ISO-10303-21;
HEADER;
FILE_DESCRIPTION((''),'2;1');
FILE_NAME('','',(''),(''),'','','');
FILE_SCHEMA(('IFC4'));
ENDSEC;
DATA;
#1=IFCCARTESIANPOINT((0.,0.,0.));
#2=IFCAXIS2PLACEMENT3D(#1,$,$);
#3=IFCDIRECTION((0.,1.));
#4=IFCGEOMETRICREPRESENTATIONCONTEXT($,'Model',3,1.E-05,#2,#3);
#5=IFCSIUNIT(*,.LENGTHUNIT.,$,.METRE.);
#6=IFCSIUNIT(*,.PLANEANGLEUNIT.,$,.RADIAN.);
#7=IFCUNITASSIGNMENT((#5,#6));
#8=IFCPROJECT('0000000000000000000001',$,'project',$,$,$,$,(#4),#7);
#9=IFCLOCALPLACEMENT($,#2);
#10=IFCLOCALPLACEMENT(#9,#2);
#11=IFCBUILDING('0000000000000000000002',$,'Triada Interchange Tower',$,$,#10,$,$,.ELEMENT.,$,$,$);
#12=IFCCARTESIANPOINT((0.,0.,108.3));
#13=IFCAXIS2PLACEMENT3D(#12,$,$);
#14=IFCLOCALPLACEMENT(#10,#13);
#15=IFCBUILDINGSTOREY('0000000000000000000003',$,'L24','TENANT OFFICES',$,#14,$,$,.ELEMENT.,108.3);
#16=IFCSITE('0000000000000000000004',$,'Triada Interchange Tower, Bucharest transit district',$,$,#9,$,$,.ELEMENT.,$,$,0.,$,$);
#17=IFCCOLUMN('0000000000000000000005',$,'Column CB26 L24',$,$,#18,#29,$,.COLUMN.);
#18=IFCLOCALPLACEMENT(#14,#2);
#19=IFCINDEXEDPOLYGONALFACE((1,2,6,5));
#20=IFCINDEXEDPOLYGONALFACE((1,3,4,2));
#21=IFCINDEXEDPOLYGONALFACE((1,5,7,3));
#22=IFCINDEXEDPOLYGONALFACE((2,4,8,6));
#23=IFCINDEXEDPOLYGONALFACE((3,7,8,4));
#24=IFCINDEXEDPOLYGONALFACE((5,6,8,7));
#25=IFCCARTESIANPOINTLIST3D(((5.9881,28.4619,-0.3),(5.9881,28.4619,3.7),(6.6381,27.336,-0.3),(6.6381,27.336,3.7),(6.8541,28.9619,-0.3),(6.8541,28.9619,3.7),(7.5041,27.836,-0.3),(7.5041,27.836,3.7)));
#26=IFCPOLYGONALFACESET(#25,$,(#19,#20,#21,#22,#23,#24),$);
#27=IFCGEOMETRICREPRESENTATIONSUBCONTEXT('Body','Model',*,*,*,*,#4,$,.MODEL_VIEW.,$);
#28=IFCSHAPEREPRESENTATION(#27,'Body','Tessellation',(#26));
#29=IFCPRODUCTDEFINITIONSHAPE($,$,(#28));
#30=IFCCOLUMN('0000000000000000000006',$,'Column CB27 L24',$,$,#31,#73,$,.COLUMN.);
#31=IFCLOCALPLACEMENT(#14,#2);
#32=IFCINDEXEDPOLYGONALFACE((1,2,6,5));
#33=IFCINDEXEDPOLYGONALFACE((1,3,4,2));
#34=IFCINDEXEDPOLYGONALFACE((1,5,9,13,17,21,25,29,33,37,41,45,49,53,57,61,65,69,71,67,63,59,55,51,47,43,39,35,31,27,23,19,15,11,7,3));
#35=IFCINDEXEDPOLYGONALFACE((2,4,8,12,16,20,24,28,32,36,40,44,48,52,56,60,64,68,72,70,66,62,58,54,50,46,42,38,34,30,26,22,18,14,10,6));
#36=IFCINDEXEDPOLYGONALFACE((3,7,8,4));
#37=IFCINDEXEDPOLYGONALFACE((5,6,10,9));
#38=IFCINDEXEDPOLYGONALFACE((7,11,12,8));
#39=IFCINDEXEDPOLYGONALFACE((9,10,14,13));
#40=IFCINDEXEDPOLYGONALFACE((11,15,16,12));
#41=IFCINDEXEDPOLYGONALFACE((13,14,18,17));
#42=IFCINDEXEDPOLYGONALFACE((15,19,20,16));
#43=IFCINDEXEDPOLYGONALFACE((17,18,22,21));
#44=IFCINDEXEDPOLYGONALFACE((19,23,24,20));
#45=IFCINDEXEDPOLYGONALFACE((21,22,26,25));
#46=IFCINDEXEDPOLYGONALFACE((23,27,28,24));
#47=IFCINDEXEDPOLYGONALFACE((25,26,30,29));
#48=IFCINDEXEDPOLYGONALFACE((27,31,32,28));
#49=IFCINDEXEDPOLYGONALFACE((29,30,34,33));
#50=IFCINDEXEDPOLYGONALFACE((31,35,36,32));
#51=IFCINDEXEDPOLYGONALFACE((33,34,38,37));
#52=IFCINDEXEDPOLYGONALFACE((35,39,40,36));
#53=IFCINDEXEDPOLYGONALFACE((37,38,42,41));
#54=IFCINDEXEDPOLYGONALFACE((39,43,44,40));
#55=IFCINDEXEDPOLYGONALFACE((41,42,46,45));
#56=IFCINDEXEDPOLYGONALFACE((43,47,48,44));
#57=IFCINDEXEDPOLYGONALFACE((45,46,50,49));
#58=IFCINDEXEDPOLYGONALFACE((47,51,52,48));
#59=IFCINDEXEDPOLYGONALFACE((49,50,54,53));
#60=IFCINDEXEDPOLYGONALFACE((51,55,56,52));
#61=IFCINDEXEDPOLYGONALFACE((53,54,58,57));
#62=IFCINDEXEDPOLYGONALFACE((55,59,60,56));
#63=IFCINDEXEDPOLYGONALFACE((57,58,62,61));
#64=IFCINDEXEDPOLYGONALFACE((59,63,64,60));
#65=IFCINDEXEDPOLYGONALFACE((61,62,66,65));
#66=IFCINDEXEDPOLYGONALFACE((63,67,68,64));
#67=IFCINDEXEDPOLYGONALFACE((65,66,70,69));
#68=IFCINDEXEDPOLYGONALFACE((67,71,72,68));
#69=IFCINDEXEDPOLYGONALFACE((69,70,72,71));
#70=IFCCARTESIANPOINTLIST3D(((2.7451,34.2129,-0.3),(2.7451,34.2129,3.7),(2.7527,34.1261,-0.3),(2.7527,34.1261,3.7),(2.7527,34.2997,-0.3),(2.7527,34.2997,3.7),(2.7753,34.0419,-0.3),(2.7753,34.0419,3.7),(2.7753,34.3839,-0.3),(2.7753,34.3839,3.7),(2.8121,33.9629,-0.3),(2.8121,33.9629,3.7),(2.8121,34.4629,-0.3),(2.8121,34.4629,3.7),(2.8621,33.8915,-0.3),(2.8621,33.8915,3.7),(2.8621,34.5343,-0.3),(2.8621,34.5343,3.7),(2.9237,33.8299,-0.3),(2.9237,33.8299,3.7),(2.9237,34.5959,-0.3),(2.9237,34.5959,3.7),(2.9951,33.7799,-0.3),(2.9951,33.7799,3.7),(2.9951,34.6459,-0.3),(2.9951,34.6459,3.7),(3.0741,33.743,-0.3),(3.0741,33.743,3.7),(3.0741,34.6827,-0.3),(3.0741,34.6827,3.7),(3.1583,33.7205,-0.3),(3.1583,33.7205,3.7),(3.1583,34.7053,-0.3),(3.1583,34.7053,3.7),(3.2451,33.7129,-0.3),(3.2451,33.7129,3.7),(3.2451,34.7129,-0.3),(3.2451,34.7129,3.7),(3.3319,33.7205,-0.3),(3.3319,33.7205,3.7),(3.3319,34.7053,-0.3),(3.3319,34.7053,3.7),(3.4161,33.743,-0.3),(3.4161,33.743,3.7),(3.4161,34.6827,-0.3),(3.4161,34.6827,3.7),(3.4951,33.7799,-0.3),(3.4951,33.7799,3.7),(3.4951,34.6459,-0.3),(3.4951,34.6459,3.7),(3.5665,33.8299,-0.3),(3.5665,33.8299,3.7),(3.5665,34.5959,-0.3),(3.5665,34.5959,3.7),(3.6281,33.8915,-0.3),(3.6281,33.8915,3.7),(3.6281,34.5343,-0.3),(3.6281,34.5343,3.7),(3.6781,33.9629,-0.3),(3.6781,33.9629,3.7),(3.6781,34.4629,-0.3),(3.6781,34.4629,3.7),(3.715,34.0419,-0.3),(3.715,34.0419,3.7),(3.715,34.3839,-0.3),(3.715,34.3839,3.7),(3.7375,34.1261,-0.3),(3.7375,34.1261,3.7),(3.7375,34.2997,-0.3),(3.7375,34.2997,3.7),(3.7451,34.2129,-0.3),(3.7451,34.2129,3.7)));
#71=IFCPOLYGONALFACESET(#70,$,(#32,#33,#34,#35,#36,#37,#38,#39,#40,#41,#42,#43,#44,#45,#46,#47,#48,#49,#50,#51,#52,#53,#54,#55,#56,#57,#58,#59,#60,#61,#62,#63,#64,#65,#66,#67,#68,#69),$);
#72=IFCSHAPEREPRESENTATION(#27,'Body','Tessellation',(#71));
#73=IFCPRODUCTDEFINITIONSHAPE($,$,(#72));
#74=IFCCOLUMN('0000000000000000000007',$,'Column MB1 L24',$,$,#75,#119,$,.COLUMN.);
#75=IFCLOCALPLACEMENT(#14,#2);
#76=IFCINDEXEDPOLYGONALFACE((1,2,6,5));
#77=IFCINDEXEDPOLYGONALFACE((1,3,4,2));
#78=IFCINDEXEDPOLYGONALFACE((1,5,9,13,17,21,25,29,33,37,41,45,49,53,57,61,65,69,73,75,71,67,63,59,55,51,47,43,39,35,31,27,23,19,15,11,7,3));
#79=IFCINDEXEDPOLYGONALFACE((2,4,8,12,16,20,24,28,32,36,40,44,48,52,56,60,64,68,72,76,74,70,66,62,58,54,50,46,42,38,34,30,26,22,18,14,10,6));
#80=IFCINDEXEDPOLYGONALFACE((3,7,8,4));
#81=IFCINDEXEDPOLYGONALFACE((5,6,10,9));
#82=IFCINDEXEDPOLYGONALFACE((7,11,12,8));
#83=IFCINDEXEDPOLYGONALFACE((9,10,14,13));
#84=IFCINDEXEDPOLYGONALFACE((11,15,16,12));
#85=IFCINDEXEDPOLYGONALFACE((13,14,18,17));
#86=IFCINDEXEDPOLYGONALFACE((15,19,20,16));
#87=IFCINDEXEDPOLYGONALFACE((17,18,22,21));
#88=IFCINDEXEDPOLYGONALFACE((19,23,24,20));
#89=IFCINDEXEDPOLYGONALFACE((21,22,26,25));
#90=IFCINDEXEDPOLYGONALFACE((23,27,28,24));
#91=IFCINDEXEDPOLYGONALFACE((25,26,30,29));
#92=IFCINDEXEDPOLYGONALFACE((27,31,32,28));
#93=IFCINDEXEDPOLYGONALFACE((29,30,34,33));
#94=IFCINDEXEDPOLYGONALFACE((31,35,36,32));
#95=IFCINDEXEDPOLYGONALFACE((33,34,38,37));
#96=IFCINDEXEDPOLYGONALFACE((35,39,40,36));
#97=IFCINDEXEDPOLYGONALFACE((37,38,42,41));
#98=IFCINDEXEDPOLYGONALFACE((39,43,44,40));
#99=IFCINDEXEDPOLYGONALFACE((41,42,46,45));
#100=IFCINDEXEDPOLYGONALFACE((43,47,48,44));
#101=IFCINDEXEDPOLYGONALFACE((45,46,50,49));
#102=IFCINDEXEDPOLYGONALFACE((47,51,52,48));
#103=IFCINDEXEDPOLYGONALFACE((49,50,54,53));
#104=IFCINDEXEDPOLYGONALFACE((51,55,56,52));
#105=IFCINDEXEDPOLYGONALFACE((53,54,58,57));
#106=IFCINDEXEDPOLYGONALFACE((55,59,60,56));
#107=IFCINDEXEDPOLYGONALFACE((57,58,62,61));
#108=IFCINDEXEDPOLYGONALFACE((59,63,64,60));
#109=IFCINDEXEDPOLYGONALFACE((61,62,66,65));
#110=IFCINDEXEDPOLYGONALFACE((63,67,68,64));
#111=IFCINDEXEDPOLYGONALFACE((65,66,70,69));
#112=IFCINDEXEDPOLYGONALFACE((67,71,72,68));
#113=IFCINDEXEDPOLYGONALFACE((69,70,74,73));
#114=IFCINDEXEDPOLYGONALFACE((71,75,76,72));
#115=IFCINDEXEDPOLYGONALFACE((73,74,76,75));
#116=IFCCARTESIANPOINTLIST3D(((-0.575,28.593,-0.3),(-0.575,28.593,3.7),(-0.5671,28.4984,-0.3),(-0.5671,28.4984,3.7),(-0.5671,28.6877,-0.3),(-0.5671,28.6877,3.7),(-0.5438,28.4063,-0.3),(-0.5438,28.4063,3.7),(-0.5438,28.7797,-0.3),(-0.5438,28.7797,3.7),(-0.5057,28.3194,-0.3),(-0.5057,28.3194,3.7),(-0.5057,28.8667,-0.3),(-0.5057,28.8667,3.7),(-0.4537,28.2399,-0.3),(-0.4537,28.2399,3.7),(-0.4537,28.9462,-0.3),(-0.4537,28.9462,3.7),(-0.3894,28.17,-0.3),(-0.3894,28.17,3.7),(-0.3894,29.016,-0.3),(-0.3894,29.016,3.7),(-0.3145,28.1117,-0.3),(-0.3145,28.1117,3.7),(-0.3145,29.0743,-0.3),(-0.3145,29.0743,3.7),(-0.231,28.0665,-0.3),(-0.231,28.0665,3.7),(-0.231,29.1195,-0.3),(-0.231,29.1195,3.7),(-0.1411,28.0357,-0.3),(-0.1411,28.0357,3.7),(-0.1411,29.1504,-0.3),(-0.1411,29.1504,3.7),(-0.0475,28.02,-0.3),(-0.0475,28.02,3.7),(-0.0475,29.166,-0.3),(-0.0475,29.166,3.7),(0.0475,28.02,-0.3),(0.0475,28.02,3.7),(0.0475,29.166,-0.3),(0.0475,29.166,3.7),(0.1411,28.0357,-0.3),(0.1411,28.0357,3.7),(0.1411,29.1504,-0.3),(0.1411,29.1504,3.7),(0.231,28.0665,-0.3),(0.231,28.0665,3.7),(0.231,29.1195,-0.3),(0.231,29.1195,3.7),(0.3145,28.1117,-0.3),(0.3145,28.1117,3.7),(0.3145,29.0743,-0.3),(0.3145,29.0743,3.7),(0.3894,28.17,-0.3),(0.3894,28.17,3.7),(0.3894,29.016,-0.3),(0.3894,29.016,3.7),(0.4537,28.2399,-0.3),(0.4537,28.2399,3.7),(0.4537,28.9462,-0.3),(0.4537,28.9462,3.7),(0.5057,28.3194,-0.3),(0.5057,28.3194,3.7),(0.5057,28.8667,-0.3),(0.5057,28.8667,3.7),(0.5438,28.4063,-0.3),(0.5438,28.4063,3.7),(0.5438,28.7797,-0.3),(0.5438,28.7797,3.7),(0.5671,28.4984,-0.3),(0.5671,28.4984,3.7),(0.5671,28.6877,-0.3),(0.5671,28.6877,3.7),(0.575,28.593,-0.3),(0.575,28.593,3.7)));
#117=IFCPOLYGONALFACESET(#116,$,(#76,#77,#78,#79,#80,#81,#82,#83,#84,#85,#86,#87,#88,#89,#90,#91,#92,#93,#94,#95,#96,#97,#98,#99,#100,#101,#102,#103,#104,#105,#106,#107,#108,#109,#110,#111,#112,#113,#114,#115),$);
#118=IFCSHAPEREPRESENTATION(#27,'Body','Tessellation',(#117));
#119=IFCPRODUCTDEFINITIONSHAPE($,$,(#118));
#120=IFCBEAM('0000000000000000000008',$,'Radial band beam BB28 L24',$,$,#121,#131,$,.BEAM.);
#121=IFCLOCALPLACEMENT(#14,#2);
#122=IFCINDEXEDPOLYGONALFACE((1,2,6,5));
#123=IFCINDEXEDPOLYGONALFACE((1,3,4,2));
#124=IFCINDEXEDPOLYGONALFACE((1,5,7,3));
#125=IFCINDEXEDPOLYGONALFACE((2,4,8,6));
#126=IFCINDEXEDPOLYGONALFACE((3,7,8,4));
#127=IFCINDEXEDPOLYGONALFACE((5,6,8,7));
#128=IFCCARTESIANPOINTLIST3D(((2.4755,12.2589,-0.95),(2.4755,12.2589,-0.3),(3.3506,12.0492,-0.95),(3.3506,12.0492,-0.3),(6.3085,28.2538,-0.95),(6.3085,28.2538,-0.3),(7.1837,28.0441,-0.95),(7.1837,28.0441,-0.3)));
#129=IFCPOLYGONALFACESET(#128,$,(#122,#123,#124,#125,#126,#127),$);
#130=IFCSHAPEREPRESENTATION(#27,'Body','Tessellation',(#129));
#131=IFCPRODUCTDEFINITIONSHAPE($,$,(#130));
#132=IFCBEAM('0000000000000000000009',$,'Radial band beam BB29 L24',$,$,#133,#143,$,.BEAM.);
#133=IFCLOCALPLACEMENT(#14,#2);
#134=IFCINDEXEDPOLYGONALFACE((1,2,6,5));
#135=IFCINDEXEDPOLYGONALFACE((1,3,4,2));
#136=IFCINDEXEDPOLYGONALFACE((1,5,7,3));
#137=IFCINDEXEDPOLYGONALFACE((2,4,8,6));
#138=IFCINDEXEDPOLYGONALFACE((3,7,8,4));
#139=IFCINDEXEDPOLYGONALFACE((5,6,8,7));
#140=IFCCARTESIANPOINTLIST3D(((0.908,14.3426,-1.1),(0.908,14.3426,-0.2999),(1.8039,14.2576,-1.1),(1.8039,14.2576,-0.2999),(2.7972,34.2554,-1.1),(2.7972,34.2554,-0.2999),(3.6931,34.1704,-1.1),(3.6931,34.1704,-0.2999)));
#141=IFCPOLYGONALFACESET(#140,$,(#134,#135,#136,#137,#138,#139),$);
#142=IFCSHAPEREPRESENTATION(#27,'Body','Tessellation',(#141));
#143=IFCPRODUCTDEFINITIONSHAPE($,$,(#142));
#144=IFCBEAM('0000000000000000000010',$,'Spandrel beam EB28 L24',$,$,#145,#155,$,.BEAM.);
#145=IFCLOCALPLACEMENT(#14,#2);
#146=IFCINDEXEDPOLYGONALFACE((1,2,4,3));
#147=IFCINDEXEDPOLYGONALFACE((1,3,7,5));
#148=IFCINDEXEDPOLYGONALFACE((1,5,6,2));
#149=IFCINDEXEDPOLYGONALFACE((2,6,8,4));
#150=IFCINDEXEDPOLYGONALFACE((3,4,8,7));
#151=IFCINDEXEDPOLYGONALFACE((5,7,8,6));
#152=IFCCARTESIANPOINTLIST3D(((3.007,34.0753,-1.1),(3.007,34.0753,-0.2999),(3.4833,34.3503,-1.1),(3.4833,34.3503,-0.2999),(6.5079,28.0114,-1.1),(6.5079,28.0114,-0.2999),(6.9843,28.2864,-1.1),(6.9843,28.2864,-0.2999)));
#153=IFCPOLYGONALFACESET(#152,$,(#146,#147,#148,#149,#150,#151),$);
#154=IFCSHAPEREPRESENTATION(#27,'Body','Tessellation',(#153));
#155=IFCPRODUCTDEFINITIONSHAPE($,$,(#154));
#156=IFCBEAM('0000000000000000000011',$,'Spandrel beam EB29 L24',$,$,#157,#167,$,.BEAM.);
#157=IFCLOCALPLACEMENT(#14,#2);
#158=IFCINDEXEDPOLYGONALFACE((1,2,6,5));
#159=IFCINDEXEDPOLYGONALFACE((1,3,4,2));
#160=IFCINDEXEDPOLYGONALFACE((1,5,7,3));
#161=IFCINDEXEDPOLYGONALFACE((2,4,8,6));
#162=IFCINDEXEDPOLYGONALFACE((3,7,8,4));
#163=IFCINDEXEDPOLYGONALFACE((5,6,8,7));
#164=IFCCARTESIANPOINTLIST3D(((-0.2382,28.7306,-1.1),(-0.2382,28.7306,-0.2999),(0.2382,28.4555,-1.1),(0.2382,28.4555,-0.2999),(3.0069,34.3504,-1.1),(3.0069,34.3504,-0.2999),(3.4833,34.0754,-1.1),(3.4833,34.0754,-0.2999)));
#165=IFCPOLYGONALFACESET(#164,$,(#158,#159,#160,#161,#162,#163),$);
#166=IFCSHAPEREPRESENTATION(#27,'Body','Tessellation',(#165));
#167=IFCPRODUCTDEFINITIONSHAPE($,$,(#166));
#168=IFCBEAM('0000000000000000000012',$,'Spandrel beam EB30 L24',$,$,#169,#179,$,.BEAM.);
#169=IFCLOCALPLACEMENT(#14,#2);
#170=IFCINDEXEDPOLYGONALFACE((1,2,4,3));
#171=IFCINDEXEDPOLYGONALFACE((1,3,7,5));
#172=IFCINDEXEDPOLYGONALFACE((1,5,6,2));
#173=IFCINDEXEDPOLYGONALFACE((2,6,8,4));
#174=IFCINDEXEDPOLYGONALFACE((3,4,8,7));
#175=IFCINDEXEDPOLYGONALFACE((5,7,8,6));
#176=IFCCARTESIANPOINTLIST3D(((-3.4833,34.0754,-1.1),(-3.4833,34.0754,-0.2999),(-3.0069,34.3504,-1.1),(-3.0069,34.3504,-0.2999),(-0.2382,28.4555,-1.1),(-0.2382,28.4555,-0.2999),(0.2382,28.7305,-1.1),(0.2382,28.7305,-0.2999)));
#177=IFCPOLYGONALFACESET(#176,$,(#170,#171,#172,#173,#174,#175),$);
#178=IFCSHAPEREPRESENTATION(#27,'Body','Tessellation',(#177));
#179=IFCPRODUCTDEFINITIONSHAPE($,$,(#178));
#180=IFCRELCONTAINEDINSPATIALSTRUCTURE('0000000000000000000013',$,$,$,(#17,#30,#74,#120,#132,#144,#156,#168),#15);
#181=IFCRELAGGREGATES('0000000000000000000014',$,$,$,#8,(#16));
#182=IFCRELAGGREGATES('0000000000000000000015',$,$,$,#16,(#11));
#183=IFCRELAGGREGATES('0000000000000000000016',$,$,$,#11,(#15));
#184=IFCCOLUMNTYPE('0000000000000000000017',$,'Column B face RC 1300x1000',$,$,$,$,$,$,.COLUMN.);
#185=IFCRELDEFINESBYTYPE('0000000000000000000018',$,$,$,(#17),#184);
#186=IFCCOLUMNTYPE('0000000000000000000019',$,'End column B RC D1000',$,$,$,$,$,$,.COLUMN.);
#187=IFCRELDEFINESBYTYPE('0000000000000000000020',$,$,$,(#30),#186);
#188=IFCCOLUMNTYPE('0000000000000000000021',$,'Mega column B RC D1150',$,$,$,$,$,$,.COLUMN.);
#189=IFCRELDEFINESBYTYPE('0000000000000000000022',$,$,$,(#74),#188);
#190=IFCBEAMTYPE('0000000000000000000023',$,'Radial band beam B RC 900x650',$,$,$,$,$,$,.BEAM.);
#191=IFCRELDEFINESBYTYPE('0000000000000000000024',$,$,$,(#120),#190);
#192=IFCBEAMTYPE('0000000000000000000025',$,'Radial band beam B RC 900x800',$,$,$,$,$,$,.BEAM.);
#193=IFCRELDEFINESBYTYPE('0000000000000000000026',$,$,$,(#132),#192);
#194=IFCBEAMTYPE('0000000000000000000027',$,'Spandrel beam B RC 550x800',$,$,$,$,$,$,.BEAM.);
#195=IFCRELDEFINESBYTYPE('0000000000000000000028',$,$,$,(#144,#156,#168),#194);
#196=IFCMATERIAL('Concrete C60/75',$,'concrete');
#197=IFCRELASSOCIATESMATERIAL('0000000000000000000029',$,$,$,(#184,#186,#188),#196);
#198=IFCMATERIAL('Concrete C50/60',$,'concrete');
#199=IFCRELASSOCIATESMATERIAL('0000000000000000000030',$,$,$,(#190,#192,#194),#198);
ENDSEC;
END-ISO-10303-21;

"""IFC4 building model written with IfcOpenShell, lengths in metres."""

from ifc_helpers import new_model, si_unit, direction, frame, origin, origin_2d, place, context, subcontext, project, spatial, rectangle, circle, extrude, material, material_profile, profile_set, type_object, element, save


model = new_model("IFC4")

# Units and contexts
model_context = context("Model", 3, precision=1e-05, world=origin(), true_north=direction((0.0, 1.0)))
body_context = subcontext(model_context, "Body", "Model", "MODEL_VIEW")
ifc_project = project(units=[si_unit("LENGTHUNIT", "METRE"), si_unit("PLANEANGLEUNIT", "RADIAN")], contexts=[model_context])

# Site, building, storey
site_placement = place(None, origin())
site = spatial("IfcSite", under=ifc_project, at=site_placement, Name="Triada Interchange Tower, Bucharest transit district", CompositionType="ELEMENT", RefElevation=0.0)
building_placement = place(site_placement, origin())
building = spatial("IfcBuilding", under=site, at=building_placement, Name="Triada Interchange Tower", CompositionType="ELEMENT")
storey_placement = place(building_placement, frame((0.0, 0.0, 108.3)))
storey = spatial("IfcBuildingStorey", under=building, at=storey_placement, Name="L24", Description="TENANT OFFICES", CompositionType="ELEMENT", Elevation=108.3)

# Columns
ifc_material_1 = material(Name="Concrete C60/75", Category="concrete")
ifc_material_profile_1 = material_profile(ifc_material_1, rectangle(XDim=1.3, YDim=1.0, at=origin_2d()), Name="RC 1300x1000")
ifc_profile_set_1 = profile_set([ifc_material_profile_1], Name="Concrete C60/75")
column_type_1 = type_object("IfcColumnType", Name="Column B face RC 1300x1000", PredefinedType="COLUMN", material=ifc_profile_set_1)
column_1_placement = place(storey_placement, frame((6.7461, 28.1489, -0.3), z_axis=(0.0, 0.0, 1.0), x_axis=(-0.5, 0.866025, 0.0)))
element("IfcColumn", 1, at=column_1_placement, inside=storey, type_object=column_type_1, Name="Column CB26 L24", PredefinedType="COLUMN", context=body_context, shape_type="SweptSolid", body=[
    extrude(rectangle(XDim=1.3, YDim=1.0, at=origin_2d()), origin(), (0.0, 0.0, 1.0), 4.0),
])
ifc_material_profile_2 = material_profile(ifc_material_1, circle(Radius=0.5, at=origin_2d()), Name="RC D1000")
ifc_profile_set_2 = profile_set([ifc_material_profile_2], Name="Concrete C60/75")
column_type_2 = type_object("IfcColumnType", Name="End column B RC D1000", PredefinedType="COLUMN", material=ifc_profile_set_2)
column_2_placement = place(storey_placement, frame((3.2451, 34.2129, -0.3), z_axis=(0.0, 0.0, 1.0), x_axis=(-0.5, 0.866025, 0.0)))
element("IfcColumn", 2, at=column_2_placement, inside=storey, type_object=column_type_2, Name="Column CB27 L24", PredefinedType="COLUMN", context=body_context, shape_type="SweptSolid", body=[
    extrude(circle(Radius=0.5, at=origin_2d()), origin(), (0.0, 0.0, 1.0), 4.0),
])
ifc_material_profile_3 = material_profile(ifc_material_1, circle(Radius=0.575, at=origin_2d()), Name="RC D1150")
ifc_profile_set_3 = profile_set([ifc_material_profile_3], Name="Concrete C60/75")
column_type_3 = type_object("IfcColumnType", Name="Mega column B RC D1150", PredefinedType="COLUMN", material=ifc_profile_set_3)
column_3_placement = place(storey_placement, frame((0.0, 28.593, -0.3), z_axis=(0.0, 0.0, 1.0), x_axis=(1.0, 0.0, 0.0)))
element("IfcColumn", 3, at=column_3_placement, inside=storey, type_object=column_type_3, Name="Column MB1 L24", PredefinedType="COLUMN", context=body_context, shape_type="SweptSolid", body=[
    extrude(circle(Radius=0.575, at=origin_2d()), origin(), (0.0, 0.0, 1.0), 4.0),
])

# Beams
ifc_material_2 = material(Name="Concrete C50/60", Category="concrete")
ifc_material_profile_4 = material_profile(ifc_material_2, rectangle(XDim=0.8999, YDim=0.6499, at=origin_2d()), Name="RC 900x650")
ifc_profile_set_4 = profile_set([ifc_material_profile_4], Name="Concrete C50/60")
beam_type_1 = type_object("IfcBeamType", Name="Radial band beam B RC 900x650", PredefinedType="BEAM", material=ifc_profile_set_4)
beam_1_placement = place(storey_placement, frame((6.7461, 28.1489, -0.625), z_axis=(-0.233042, -0.972467, 0.0), x_axis=(0.972467, -0.233042, 0.0)))
element("IfcBeam", 4, at=beam_1_placement, inside=storey, type_object=beam_type_1, Name="Radial band beam BB28 L24", PredefinedType="BEAM", context=body_context, shape_type="SweptSolid", body=[
    extrude(rectangle(XDim=0.8999, YDim=0.6499, at=origin_2d()), origin(), (0.0, 0.0, 1.0), 16.4478),
])
ifc_material_profile_5 = material_profile(ifc_material_2, rectangle(XDim=0.8999, YDim=0.8, at=origin_2d()), Name="RC 900x800")
ifc_profile_set_5 = profile_set([ifc_material_profile_5], Name="Concrete C50/60")
beam_type_2 = type_object("IfcBeamType", Name="Radial band beam B RC 900x800", PredefinedType="BEAM", material=ifc_profile_set_5)
beam_2_placement = place(storey_placement, frame((3.2451, 34.2129, -0.7), z_axis=(-0.094447, -0.99553, 0.0), x_axis=(0.99553, -0.094447, 0.0)))
element("IfcBeam", 5, at=beam_2_placement, inside=storey, type_object=beam_type_2, Name="Radial band beam BB29 L24", PredefinedType="BEAM", context=body_context, shape_type="SweptSolid", body=[
    extrude(rectangle(XDim=0.8999, YDim=0.8, at=origin_2d()), origin(), (0.0, 0.0, 1.0), 20.0022),
])
ifc_material_profile_6 = material_profile(ifc_material_2, rectangle(XDim=0.55, YDim=0.8, at=origin_2d()), Name="RC 550x800")
ifc_profile_set_6 = profile_set([ifc_material_profile_6], Name="Concrete C50/60")
beam_type_3 = type_object("IfcBeamType", Name="Spandrel beam B RC 550x800", PredefinedType="BEAM", material=ifc_profile_set_6)
beam_3_placement = place(storey_placement, frame((6.7461, 28.1489, -0.7), z_axis=(-0.499994, 0.866029, 0.0), x_axis=(-0.866029, -0.499994, 0.0)))
element("IfcBeam", 6, at=beam_3_placement, inside=storey, type_object=beam_type_3, Name="Spandrel beam EB28 L24", PredefinedType="BEAM", context=body_context, shape_type="SweptSolid", body=[
    extrude(rectangle(XDim=0.55, YDim=0.8, at=origin_2d()), origin(), (0.0, 0.0, 1.0), 7.002),
])
for number, where, z_axis, x_axis, name in (
    (7, (3.2451, 34.2129, -0.7), (-0.500056, -0.865993, 0.0), (0.865993, -0.500056, 0.0), "Spandrel beam EB29 L24"),
    (8, (0.0, 28.593, -0.7), (-0.500056, 0.865993, 0.0), (-0.865993, -0.500056, 0.0), "Spandrel beam EB30 L24"),
):
    element("IfcBeam", number, at=place(storey_placement, frame(where, z_axis=z_axis, x_axis=x_axis)), inside=storey, type_object=beam_type_3, Name=name, PredefinedType="BEAM", context=body_context, shape_type="SweptSolid", body=[
        extrude(rectangle(XDim=0.55, YDim=0.8, at=origin_2d()), origin(), (0.0, 0.0, 1.0), 6.4895),
    ])

save(model, "model.ifc")
